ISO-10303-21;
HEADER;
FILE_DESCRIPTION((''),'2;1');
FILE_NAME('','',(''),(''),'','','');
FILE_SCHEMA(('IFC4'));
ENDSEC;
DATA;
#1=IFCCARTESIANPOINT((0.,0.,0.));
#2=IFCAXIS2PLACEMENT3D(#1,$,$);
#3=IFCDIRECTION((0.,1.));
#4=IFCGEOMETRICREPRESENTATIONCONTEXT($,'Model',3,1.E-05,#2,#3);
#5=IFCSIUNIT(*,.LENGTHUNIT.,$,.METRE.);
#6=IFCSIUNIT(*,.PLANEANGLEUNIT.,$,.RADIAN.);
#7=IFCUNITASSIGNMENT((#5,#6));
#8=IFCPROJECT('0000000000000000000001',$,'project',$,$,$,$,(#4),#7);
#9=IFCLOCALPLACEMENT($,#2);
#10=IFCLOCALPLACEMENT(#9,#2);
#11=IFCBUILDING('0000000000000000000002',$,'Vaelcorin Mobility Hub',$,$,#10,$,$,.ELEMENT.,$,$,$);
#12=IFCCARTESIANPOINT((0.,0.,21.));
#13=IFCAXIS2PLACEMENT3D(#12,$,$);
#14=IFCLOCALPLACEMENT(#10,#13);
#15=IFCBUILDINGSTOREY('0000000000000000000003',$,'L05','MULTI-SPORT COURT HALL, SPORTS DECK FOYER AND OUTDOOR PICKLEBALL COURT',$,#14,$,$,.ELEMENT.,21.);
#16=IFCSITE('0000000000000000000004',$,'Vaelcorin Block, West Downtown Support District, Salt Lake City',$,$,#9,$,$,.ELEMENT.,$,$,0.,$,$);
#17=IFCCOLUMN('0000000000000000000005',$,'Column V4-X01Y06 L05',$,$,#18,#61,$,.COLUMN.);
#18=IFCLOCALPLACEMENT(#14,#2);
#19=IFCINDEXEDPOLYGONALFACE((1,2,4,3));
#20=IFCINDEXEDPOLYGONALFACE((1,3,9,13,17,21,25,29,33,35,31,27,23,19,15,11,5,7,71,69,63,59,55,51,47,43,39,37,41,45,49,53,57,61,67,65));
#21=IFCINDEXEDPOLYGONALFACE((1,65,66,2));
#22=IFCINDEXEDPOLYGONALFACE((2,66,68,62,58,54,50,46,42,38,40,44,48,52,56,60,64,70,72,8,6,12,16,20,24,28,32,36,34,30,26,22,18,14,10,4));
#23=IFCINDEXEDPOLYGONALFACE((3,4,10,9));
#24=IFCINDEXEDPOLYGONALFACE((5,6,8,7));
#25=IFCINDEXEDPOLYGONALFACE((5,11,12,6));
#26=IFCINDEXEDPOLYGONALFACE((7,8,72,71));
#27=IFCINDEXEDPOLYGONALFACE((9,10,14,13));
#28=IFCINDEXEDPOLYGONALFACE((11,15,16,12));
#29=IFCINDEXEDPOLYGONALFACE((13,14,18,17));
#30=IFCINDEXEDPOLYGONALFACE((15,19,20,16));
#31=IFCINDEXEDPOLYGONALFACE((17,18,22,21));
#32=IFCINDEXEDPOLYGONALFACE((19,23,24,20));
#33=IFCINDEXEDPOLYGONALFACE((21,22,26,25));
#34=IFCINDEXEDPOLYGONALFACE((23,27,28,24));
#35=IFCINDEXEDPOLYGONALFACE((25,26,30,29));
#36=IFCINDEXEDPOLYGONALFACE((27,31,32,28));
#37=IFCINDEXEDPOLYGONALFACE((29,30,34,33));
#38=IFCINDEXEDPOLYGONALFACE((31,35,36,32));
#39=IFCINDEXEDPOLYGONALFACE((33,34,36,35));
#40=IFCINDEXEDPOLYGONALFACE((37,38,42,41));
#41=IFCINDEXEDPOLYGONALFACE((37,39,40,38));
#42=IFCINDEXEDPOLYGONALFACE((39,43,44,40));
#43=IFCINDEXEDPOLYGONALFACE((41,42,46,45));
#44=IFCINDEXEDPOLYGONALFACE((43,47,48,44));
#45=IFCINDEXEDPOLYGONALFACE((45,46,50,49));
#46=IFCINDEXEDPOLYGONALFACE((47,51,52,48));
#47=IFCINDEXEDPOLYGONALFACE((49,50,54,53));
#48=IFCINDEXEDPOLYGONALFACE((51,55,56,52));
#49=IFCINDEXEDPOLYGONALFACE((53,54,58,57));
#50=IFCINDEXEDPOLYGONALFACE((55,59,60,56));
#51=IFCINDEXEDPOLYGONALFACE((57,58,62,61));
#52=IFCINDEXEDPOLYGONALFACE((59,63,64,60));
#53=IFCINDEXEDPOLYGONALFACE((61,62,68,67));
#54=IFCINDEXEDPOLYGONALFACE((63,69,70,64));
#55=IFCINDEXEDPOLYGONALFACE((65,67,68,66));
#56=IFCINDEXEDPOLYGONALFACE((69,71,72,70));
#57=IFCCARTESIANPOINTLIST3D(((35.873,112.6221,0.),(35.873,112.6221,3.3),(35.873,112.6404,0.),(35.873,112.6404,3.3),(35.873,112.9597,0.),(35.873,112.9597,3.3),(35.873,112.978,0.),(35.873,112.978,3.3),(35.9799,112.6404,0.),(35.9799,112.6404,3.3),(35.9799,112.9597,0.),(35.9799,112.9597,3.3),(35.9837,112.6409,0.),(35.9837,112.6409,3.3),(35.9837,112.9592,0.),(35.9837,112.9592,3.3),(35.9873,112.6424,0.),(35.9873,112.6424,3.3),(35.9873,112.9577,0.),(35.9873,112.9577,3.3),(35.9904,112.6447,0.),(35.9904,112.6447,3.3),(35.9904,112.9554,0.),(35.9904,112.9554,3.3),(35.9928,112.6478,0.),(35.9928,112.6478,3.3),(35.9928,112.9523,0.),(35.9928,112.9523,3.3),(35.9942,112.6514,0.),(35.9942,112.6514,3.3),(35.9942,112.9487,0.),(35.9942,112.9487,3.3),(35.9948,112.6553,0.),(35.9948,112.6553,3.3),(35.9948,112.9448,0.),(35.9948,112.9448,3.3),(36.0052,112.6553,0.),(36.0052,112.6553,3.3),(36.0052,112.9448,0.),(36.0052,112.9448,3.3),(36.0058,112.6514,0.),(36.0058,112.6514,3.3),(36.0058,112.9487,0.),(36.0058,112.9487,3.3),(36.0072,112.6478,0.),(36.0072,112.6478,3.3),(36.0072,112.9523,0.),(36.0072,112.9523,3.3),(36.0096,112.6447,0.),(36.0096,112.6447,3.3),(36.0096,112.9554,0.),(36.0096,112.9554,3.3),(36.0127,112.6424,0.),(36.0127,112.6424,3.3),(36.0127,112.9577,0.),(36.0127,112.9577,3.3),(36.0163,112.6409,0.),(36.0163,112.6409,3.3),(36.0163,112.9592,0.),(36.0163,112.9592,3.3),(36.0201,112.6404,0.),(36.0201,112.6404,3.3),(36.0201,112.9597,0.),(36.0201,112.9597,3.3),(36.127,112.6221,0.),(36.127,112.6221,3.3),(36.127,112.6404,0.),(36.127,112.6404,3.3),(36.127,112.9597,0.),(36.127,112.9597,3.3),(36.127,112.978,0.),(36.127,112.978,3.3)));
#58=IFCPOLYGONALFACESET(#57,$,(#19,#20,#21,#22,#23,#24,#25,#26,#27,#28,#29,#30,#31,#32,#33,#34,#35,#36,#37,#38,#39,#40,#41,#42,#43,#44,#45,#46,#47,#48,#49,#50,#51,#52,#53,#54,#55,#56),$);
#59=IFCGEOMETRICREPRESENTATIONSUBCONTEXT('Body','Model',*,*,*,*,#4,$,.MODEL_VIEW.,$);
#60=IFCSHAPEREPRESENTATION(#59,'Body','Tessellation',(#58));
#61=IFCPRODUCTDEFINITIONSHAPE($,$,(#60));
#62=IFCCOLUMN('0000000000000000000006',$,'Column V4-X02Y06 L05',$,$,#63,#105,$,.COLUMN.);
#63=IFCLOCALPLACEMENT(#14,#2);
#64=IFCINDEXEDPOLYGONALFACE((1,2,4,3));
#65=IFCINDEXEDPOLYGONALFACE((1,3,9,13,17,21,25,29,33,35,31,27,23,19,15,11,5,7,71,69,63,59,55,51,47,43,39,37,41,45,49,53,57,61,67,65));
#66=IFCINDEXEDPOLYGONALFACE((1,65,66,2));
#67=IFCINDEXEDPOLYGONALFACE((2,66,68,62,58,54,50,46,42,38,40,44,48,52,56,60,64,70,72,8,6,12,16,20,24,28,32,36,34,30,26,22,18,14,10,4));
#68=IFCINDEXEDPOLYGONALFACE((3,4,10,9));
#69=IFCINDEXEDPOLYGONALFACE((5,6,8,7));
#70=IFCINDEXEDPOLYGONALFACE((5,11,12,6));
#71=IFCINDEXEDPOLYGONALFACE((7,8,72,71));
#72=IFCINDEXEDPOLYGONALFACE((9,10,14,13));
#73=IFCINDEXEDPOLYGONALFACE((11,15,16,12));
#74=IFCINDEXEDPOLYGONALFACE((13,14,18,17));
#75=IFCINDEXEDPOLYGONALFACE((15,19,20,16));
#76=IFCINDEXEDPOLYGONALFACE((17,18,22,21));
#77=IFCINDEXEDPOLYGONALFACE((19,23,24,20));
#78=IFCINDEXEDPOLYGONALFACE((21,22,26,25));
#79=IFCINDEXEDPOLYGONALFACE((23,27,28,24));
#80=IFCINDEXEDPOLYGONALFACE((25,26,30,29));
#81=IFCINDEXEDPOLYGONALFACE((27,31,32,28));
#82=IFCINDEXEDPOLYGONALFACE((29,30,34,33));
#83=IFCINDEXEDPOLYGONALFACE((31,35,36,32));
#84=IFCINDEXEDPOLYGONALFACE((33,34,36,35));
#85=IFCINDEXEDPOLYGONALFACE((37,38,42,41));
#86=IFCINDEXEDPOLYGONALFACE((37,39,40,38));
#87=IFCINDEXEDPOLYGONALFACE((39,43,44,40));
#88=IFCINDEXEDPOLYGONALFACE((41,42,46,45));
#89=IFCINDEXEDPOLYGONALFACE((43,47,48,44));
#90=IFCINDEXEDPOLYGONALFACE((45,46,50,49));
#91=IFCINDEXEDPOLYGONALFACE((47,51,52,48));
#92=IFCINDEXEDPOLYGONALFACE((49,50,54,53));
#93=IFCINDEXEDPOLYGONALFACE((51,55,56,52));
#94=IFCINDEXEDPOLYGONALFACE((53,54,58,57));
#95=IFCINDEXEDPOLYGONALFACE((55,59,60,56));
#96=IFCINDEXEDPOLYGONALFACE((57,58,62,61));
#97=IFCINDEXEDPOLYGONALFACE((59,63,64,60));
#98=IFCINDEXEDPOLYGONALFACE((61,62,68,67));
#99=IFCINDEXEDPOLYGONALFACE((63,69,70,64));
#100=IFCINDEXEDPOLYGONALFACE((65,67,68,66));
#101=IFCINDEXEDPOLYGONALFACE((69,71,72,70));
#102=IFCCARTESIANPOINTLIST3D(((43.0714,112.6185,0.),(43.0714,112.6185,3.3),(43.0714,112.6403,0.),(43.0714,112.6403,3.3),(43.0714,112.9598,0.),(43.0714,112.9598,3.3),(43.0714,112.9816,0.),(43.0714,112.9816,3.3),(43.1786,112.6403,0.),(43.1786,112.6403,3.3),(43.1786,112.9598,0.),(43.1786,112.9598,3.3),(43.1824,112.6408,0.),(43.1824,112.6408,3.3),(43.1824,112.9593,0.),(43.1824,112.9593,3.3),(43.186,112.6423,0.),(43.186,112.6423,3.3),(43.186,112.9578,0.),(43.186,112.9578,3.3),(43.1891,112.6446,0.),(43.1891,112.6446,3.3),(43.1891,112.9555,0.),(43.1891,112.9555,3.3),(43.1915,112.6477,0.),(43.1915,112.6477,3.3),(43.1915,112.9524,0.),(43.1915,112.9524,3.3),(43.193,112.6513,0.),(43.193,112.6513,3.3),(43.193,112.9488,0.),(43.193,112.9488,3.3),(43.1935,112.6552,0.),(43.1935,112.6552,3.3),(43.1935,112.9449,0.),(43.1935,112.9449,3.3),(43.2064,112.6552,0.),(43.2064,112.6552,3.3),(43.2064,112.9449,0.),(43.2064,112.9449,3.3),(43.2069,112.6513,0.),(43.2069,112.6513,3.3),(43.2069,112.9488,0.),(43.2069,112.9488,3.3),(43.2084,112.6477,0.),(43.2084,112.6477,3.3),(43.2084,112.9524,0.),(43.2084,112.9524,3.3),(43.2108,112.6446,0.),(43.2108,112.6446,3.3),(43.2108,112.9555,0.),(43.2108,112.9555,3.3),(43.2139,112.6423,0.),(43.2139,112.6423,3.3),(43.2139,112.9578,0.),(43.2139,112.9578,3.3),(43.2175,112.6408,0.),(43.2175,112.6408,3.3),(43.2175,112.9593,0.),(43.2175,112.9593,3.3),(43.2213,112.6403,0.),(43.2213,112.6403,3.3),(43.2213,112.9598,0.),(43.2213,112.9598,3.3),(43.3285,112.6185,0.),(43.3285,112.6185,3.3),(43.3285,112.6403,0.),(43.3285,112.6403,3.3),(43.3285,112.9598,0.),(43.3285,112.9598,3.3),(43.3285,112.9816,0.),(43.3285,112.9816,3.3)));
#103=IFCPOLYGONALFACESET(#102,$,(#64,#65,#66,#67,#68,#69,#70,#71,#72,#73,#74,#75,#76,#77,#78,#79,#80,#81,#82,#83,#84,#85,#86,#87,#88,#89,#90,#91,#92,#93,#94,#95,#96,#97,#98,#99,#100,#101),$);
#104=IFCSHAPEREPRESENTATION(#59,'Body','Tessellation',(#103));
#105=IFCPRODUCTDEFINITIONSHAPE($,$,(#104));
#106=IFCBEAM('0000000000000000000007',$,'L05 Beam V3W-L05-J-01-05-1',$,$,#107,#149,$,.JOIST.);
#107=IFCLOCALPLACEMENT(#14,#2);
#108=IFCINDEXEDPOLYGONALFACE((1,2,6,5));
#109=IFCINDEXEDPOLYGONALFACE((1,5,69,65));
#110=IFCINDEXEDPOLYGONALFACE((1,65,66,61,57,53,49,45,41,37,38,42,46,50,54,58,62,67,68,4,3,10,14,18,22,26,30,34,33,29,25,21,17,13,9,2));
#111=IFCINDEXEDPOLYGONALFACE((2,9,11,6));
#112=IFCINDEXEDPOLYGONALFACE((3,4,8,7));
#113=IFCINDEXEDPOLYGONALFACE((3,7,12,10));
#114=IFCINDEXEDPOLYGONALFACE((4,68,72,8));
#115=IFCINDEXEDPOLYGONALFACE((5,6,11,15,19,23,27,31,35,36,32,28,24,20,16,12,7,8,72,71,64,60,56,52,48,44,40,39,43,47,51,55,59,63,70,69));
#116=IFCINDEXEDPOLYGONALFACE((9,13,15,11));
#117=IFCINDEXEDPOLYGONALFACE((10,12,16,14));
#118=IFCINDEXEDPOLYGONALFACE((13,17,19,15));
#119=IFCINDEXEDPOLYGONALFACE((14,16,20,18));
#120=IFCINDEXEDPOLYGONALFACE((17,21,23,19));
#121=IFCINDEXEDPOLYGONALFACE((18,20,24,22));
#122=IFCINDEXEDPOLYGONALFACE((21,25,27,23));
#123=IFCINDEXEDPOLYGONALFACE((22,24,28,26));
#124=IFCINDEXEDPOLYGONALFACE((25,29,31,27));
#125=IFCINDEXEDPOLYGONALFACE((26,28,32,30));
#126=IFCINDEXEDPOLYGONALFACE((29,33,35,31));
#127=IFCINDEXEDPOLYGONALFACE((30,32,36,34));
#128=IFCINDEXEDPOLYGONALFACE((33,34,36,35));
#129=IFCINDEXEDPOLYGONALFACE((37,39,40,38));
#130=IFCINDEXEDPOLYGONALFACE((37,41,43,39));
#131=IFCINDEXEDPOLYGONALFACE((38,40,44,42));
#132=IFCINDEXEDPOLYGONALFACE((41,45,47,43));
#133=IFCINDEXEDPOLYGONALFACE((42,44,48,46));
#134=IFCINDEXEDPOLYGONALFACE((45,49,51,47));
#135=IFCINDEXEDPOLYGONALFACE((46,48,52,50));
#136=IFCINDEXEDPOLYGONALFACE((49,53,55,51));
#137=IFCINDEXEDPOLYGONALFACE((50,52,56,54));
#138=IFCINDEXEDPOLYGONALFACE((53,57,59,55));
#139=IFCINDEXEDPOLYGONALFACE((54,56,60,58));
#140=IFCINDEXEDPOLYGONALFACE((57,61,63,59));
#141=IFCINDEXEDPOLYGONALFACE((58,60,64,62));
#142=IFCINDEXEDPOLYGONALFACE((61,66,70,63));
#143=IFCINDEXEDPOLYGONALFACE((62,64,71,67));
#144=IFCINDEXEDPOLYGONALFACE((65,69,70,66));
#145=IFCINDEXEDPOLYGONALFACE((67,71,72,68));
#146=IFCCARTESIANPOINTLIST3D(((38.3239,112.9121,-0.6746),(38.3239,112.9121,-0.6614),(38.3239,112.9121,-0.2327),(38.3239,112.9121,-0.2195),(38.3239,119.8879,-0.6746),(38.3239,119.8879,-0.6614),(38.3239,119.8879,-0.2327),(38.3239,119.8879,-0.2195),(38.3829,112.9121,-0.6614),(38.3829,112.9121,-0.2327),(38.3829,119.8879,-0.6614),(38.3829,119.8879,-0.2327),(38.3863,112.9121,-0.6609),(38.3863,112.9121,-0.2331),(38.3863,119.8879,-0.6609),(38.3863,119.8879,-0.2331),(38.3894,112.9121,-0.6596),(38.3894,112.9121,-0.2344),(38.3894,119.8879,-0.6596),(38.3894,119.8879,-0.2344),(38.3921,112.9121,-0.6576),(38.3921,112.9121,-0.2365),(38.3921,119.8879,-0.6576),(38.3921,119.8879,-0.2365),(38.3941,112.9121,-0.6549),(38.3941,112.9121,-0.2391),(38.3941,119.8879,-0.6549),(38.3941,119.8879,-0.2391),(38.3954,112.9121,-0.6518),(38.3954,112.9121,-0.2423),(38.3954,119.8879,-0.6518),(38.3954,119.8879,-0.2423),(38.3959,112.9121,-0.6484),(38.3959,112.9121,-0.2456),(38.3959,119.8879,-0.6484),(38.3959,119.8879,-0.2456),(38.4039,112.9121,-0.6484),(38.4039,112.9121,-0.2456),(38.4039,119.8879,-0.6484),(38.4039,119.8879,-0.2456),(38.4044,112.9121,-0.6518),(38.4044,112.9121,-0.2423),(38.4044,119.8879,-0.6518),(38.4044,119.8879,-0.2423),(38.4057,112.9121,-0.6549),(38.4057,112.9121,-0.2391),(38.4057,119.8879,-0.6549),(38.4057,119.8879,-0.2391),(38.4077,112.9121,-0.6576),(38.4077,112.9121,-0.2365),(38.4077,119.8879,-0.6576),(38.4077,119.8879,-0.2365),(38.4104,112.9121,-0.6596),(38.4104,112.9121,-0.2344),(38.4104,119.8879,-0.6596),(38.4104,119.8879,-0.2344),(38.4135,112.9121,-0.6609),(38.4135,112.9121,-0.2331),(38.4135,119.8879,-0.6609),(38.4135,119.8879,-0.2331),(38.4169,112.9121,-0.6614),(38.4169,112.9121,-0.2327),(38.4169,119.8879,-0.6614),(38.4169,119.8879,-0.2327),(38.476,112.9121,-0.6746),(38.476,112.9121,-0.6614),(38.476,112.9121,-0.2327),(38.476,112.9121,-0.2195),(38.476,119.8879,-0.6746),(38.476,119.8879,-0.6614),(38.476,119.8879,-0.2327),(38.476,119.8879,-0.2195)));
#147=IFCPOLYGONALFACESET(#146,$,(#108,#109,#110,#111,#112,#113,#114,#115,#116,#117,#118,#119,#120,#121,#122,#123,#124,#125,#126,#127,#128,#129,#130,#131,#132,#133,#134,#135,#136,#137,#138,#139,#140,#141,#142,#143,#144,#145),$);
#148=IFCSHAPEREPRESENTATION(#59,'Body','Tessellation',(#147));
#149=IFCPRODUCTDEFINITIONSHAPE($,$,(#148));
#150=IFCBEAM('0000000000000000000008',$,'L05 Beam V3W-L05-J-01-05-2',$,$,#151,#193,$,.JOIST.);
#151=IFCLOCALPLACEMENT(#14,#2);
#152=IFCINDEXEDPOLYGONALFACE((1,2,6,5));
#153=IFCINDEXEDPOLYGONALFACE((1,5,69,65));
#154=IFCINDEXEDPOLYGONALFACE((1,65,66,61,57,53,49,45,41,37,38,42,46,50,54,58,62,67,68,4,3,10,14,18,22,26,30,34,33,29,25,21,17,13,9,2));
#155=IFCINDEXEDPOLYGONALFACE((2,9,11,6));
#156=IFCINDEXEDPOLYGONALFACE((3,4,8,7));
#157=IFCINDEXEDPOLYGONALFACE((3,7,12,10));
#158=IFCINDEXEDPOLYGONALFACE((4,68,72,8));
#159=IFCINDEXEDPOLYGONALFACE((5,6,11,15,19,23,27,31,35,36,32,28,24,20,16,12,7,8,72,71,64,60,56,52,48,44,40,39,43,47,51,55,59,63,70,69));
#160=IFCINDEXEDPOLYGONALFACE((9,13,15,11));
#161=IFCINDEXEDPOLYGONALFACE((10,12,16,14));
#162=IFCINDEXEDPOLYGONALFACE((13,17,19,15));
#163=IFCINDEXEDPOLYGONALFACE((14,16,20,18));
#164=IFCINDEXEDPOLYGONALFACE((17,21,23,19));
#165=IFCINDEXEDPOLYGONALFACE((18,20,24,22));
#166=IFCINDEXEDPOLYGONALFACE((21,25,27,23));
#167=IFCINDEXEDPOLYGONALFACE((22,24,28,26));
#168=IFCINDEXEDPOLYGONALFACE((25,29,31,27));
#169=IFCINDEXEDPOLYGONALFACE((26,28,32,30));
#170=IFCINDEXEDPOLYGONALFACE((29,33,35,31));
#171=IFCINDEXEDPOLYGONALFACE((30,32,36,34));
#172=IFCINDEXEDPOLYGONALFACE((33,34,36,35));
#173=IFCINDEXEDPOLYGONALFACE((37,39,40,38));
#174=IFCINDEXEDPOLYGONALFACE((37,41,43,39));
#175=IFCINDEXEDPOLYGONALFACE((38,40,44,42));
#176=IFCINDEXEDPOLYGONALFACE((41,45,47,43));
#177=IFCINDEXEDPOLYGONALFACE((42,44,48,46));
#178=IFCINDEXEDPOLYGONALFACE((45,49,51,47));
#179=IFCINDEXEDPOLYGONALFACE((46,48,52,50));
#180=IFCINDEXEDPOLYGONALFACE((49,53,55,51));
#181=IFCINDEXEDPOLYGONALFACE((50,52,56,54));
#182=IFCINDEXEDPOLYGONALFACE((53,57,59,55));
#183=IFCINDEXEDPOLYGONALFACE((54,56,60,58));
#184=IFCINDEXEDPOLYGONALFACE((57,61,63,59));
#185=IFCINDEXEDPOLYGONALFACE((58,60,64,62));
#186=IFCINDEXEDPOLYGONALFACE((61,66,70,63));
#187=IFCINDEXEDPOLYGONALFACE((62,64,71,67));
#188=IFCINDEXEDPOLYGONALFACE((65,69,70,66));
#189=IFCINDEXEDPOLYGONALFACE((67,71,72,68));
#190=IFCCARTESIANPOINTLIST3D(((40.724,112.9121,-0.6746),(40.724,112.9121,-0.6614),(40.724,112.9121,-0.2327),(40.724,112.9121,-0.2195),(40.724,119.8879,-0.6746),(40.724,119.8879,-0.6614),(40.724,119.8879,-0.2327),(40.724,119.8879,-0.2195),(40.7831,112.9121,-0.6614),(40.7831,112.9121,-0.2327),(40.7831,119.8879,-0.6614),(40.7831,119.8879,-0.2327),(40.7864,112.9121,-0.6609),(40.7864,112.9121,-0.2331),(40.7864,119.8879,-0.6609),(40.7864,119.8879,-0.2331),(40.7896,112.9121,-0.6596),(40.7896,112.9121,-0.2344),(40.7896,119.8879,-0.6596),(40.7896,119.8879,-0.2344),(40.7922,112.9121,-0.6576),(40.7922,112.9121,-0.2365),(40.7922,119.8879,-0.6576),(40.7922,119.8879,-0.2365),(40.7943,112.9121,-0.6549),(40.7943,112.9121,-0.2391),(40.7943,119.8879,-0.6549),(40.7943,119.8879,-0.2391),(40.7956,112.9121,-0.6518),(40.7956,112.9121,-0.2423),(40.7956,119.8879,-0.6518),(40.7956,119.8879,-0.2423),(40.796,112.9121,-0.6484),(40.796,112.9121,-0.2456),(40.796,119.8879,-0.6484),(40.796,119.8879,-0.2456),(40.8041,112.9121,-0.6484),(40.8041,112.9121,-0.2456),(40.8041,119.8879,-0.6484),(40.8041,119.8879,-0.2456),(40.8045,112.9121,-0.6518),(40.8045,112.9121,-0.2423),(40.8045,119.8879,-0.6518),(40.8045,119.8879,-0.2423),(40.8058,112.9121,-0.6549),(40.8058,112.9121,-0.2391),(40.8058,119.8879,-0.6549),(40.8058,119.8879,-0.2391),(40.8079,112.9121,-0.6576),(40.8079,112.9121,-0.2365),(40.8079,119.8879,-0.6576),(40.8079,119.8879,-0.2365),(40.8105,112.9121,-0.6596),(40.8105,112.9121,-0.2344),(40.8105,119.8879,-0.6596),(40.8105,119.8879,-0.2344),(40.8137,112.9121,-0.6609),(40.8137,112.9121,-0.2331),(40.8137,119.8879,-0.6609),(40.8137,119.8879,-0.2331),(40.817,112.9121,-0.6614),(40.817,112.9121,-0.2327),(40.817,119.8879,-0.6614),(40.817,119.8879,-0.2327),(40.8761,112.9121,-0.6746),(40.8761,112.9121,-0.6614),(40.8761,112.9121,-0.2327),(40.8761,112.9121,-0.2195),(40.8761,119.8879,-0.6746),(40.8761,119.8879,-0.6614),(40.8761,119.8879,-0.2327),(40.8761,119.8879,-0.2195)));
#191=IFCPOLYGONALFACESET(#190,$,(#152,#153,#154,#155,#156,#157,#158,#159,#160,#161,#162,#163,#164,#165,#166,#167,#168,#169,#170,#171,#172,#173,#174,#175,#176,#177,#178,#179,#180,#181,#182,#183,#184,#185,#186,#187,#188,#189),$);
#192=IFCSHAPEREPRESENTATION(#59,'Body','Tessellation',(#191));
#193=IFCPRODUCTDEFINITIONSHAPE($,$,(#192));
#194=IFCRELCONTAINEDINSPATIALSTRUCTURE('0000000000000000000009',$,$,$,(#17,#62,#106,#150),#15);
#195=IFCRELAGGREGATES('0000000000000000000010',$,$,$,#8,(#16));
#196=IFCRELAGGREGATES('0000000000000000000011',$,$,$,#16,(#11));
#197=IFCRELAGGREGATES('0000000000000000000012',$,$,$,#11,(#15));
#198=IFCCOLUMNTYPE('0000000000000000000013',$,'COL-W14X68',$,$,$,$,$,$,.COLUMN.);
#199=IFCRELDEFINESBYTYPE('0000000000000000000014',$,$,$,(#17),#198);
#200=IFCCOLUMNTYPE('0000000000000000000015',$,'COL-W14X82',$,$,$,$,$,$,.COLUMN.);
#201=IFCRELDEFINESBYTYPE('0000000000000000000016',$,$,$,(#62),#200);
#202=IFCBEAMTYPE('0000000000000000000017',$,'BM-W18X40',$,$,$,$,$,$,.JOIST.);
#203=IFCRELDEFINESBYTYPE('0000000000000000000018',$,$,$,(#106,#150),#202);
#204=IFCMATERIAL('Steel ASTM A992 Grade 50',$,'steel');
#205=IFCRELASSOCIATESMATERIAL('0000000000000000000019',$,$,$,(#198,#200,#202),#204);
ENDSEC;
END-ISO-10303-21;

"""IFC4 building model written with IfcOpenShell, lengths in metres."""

from ifc_helpers import new_model, si_unit, direction, frame, origin, origin_2d, place, context, subcontext, project, spatial, i_section, extrude, material, material_profile, profile_set, type_object, element, save


model = new_model("IFC4")

# Units and contexts
model_context = context("Model", 3, precision=1e-05, world=origin(), true_north=direction((0.0, 1.0)))
body_context = subcontext(model_context, "Body", "Model", "MODEL_VIEW")
ifc_project = project(units=[si_unit("LENGTHUNIT", "METRE"), si_unit("PLANEANGLEUNIT", "RADIAN")], contexts=[model_context])

# Site, building, storey
site_placement = place(None, origin())
site = spatial("IfcSite", under=ifc_project, at=site_placement, Name="Vaelcorin Block, West Downtown Support District, Salt Lake City", CompositionType="ELEMENT", RefElevation=0.0)
building_placement = place(site_placement, origin())
building = spatial("IfcBuilding", under=site, at=building_placement, Name="Vaelcorin Mobility Hub", CompositionType="ELEMENT")
storey_placement = place(building_placement, frame((0.0, 0.0, 21.0)))
storey = spatial("IfcBuildingStorey", under=building, at=storey_placement, Name="L05", Description="MULTI-SPORT COURT HALL, SPORTS DECK FOYER AND OUTDOOR PICKLEBALL COURT", CompositionType="ELEMENT", Elevation=21.0)

# Columns
ifc_material_1 = material(Name="Steel ASTM A992 Grade 50", Category="steel")
ifc_material_profile_1 = material_profile(ifc_material_1, i_section(OverallWidth=0.2539, OverallDepth=0.356, WebThickness=0.0105, FlangeThickness=0.0183, FilletRadius=0.0149, at=origin_2d()), Name="W14X68")
ifc_profile_set_1 = profile_set([ifc_material_profile_1], Name="Steel ASTM A992 Grade 50")
column_type_1 = type_object("IfcColumnType", Name="COL-W14X68", PredefinedType="COLUMN", material=ifc_profile_set_1)
column_1_placement = place(storey_placement, frame((36.0, 112.8, 0.0), z_axis=(0.0, 0.0, 1.0), x_axis=(1.0, 0.0, 0.0)))
element("IfcColumn", 1, at=column_1_placement, inside=storey, type_object=column_type_1, Name="Column V4-X01Y06 L05", PredefinedType="COLUMN", context=body_context, shape_type="SweptSolid", body=[
    extrude(i_section(OverallWidth=0.2539, OverallDepth=0.356, WebThickness=0.0105, FlangeThickness=0.0183, FilletRadius=0.0149, at=origin_2d()), origin(), (0.0, 0.0, 1.0), 3.3),
])
ifc_material_profile_2 = material_profile(ifc_material_1, i_section(OverallWidth=0.2571, OverallDepth=0.363, WebThickness=0.0129, FlangeThickness=0.0217, FilletRadius=0.0149, at=origin_2d()), Name="W14X82")
ifc_profile_set_2 = profile_set([ifc_material_profile_2], Name="Steel ASTM A992 Grade 50")
column_type_2 = type_object("IfcColumnType", Name="COL-W14X82", PredefinedType="COLUMN", material=ifc_profile_set_2)
column_2_placement = place(storey_placement, frame((43.2, 112.8, 0.0), z_axis=(0.0, 0.0, 1.0), x_axis=(1.0, 0.0, 0.0)))
element("IfcColumn", 2, at=column_2_placement, inside=storey, type_object=column_type_2, Name="Column V4-X02Y06 L05", PredefinedType="COLUMN", context=body_context, shape_type="SweptSolid", body=[
    extrude(i_section(OverallWidth=0.2571, OverallDepth=0.363, WebThickness=0.0129, FlangeThickness=0.0217, FilletRadius=0.0149, at=origin_2d()), origin(), (0.0, 0.0, 1.0), 3.3),
])

# Beams
ifc_material_profile_3 = material_profile(ifc_material_1, i_section(OverallWidth=0.1521, OverallDepth=0.4551, WebThickness=0.0081, FlangeThickness=0.0132, FilletRadius=0.0129, at=origin_2d()), Name="W18X40")
ifc_profile_set_3 = profile_set([ifc_material_profile_3], Name="Steel ASTM A992 Grade 50")
beam_type_1 = type_object("IfcBeamType", Name="BM-W18X40", PredefinedType="JOIST", material=ifc_profile_set_3)
for number, where, z_axis, x_axis, name in (
    (3, (38.3999, 112.9121, -0.447), (0.0, 1.0, 0.0), (-1.0, 0.0, 0.0), "L05 Beam V3W-L05-J-01-05-1"),
    (4, (40.8, 112.9121, -0.447), (0.0, 1.0, 0.0), (-1.0, 0.0, 0.0), "L05 Beam V3W-L05-J-01-05-2"),
):
    element("IfcBeam", number, at=place(storey_placement, frame(where, z_axis=z_axis, x_axis=x_axis)), inside=storey, type_object=beam_type_1, Name=name, PredefinedType="JOIST", context=body_context, shape_type="SweptSolid", body=[
        extrude(i_section(OverallWidth=0.1521, OverallDepth=0.4551, WebThickness=0.0081, FlangeThickness=0.0132, FilletRadius=0.0129, at=origin_2d()), origin(), (0.0, 0.0, 1.0), 6.9758),
    ])

save(model, "model.ifc")
